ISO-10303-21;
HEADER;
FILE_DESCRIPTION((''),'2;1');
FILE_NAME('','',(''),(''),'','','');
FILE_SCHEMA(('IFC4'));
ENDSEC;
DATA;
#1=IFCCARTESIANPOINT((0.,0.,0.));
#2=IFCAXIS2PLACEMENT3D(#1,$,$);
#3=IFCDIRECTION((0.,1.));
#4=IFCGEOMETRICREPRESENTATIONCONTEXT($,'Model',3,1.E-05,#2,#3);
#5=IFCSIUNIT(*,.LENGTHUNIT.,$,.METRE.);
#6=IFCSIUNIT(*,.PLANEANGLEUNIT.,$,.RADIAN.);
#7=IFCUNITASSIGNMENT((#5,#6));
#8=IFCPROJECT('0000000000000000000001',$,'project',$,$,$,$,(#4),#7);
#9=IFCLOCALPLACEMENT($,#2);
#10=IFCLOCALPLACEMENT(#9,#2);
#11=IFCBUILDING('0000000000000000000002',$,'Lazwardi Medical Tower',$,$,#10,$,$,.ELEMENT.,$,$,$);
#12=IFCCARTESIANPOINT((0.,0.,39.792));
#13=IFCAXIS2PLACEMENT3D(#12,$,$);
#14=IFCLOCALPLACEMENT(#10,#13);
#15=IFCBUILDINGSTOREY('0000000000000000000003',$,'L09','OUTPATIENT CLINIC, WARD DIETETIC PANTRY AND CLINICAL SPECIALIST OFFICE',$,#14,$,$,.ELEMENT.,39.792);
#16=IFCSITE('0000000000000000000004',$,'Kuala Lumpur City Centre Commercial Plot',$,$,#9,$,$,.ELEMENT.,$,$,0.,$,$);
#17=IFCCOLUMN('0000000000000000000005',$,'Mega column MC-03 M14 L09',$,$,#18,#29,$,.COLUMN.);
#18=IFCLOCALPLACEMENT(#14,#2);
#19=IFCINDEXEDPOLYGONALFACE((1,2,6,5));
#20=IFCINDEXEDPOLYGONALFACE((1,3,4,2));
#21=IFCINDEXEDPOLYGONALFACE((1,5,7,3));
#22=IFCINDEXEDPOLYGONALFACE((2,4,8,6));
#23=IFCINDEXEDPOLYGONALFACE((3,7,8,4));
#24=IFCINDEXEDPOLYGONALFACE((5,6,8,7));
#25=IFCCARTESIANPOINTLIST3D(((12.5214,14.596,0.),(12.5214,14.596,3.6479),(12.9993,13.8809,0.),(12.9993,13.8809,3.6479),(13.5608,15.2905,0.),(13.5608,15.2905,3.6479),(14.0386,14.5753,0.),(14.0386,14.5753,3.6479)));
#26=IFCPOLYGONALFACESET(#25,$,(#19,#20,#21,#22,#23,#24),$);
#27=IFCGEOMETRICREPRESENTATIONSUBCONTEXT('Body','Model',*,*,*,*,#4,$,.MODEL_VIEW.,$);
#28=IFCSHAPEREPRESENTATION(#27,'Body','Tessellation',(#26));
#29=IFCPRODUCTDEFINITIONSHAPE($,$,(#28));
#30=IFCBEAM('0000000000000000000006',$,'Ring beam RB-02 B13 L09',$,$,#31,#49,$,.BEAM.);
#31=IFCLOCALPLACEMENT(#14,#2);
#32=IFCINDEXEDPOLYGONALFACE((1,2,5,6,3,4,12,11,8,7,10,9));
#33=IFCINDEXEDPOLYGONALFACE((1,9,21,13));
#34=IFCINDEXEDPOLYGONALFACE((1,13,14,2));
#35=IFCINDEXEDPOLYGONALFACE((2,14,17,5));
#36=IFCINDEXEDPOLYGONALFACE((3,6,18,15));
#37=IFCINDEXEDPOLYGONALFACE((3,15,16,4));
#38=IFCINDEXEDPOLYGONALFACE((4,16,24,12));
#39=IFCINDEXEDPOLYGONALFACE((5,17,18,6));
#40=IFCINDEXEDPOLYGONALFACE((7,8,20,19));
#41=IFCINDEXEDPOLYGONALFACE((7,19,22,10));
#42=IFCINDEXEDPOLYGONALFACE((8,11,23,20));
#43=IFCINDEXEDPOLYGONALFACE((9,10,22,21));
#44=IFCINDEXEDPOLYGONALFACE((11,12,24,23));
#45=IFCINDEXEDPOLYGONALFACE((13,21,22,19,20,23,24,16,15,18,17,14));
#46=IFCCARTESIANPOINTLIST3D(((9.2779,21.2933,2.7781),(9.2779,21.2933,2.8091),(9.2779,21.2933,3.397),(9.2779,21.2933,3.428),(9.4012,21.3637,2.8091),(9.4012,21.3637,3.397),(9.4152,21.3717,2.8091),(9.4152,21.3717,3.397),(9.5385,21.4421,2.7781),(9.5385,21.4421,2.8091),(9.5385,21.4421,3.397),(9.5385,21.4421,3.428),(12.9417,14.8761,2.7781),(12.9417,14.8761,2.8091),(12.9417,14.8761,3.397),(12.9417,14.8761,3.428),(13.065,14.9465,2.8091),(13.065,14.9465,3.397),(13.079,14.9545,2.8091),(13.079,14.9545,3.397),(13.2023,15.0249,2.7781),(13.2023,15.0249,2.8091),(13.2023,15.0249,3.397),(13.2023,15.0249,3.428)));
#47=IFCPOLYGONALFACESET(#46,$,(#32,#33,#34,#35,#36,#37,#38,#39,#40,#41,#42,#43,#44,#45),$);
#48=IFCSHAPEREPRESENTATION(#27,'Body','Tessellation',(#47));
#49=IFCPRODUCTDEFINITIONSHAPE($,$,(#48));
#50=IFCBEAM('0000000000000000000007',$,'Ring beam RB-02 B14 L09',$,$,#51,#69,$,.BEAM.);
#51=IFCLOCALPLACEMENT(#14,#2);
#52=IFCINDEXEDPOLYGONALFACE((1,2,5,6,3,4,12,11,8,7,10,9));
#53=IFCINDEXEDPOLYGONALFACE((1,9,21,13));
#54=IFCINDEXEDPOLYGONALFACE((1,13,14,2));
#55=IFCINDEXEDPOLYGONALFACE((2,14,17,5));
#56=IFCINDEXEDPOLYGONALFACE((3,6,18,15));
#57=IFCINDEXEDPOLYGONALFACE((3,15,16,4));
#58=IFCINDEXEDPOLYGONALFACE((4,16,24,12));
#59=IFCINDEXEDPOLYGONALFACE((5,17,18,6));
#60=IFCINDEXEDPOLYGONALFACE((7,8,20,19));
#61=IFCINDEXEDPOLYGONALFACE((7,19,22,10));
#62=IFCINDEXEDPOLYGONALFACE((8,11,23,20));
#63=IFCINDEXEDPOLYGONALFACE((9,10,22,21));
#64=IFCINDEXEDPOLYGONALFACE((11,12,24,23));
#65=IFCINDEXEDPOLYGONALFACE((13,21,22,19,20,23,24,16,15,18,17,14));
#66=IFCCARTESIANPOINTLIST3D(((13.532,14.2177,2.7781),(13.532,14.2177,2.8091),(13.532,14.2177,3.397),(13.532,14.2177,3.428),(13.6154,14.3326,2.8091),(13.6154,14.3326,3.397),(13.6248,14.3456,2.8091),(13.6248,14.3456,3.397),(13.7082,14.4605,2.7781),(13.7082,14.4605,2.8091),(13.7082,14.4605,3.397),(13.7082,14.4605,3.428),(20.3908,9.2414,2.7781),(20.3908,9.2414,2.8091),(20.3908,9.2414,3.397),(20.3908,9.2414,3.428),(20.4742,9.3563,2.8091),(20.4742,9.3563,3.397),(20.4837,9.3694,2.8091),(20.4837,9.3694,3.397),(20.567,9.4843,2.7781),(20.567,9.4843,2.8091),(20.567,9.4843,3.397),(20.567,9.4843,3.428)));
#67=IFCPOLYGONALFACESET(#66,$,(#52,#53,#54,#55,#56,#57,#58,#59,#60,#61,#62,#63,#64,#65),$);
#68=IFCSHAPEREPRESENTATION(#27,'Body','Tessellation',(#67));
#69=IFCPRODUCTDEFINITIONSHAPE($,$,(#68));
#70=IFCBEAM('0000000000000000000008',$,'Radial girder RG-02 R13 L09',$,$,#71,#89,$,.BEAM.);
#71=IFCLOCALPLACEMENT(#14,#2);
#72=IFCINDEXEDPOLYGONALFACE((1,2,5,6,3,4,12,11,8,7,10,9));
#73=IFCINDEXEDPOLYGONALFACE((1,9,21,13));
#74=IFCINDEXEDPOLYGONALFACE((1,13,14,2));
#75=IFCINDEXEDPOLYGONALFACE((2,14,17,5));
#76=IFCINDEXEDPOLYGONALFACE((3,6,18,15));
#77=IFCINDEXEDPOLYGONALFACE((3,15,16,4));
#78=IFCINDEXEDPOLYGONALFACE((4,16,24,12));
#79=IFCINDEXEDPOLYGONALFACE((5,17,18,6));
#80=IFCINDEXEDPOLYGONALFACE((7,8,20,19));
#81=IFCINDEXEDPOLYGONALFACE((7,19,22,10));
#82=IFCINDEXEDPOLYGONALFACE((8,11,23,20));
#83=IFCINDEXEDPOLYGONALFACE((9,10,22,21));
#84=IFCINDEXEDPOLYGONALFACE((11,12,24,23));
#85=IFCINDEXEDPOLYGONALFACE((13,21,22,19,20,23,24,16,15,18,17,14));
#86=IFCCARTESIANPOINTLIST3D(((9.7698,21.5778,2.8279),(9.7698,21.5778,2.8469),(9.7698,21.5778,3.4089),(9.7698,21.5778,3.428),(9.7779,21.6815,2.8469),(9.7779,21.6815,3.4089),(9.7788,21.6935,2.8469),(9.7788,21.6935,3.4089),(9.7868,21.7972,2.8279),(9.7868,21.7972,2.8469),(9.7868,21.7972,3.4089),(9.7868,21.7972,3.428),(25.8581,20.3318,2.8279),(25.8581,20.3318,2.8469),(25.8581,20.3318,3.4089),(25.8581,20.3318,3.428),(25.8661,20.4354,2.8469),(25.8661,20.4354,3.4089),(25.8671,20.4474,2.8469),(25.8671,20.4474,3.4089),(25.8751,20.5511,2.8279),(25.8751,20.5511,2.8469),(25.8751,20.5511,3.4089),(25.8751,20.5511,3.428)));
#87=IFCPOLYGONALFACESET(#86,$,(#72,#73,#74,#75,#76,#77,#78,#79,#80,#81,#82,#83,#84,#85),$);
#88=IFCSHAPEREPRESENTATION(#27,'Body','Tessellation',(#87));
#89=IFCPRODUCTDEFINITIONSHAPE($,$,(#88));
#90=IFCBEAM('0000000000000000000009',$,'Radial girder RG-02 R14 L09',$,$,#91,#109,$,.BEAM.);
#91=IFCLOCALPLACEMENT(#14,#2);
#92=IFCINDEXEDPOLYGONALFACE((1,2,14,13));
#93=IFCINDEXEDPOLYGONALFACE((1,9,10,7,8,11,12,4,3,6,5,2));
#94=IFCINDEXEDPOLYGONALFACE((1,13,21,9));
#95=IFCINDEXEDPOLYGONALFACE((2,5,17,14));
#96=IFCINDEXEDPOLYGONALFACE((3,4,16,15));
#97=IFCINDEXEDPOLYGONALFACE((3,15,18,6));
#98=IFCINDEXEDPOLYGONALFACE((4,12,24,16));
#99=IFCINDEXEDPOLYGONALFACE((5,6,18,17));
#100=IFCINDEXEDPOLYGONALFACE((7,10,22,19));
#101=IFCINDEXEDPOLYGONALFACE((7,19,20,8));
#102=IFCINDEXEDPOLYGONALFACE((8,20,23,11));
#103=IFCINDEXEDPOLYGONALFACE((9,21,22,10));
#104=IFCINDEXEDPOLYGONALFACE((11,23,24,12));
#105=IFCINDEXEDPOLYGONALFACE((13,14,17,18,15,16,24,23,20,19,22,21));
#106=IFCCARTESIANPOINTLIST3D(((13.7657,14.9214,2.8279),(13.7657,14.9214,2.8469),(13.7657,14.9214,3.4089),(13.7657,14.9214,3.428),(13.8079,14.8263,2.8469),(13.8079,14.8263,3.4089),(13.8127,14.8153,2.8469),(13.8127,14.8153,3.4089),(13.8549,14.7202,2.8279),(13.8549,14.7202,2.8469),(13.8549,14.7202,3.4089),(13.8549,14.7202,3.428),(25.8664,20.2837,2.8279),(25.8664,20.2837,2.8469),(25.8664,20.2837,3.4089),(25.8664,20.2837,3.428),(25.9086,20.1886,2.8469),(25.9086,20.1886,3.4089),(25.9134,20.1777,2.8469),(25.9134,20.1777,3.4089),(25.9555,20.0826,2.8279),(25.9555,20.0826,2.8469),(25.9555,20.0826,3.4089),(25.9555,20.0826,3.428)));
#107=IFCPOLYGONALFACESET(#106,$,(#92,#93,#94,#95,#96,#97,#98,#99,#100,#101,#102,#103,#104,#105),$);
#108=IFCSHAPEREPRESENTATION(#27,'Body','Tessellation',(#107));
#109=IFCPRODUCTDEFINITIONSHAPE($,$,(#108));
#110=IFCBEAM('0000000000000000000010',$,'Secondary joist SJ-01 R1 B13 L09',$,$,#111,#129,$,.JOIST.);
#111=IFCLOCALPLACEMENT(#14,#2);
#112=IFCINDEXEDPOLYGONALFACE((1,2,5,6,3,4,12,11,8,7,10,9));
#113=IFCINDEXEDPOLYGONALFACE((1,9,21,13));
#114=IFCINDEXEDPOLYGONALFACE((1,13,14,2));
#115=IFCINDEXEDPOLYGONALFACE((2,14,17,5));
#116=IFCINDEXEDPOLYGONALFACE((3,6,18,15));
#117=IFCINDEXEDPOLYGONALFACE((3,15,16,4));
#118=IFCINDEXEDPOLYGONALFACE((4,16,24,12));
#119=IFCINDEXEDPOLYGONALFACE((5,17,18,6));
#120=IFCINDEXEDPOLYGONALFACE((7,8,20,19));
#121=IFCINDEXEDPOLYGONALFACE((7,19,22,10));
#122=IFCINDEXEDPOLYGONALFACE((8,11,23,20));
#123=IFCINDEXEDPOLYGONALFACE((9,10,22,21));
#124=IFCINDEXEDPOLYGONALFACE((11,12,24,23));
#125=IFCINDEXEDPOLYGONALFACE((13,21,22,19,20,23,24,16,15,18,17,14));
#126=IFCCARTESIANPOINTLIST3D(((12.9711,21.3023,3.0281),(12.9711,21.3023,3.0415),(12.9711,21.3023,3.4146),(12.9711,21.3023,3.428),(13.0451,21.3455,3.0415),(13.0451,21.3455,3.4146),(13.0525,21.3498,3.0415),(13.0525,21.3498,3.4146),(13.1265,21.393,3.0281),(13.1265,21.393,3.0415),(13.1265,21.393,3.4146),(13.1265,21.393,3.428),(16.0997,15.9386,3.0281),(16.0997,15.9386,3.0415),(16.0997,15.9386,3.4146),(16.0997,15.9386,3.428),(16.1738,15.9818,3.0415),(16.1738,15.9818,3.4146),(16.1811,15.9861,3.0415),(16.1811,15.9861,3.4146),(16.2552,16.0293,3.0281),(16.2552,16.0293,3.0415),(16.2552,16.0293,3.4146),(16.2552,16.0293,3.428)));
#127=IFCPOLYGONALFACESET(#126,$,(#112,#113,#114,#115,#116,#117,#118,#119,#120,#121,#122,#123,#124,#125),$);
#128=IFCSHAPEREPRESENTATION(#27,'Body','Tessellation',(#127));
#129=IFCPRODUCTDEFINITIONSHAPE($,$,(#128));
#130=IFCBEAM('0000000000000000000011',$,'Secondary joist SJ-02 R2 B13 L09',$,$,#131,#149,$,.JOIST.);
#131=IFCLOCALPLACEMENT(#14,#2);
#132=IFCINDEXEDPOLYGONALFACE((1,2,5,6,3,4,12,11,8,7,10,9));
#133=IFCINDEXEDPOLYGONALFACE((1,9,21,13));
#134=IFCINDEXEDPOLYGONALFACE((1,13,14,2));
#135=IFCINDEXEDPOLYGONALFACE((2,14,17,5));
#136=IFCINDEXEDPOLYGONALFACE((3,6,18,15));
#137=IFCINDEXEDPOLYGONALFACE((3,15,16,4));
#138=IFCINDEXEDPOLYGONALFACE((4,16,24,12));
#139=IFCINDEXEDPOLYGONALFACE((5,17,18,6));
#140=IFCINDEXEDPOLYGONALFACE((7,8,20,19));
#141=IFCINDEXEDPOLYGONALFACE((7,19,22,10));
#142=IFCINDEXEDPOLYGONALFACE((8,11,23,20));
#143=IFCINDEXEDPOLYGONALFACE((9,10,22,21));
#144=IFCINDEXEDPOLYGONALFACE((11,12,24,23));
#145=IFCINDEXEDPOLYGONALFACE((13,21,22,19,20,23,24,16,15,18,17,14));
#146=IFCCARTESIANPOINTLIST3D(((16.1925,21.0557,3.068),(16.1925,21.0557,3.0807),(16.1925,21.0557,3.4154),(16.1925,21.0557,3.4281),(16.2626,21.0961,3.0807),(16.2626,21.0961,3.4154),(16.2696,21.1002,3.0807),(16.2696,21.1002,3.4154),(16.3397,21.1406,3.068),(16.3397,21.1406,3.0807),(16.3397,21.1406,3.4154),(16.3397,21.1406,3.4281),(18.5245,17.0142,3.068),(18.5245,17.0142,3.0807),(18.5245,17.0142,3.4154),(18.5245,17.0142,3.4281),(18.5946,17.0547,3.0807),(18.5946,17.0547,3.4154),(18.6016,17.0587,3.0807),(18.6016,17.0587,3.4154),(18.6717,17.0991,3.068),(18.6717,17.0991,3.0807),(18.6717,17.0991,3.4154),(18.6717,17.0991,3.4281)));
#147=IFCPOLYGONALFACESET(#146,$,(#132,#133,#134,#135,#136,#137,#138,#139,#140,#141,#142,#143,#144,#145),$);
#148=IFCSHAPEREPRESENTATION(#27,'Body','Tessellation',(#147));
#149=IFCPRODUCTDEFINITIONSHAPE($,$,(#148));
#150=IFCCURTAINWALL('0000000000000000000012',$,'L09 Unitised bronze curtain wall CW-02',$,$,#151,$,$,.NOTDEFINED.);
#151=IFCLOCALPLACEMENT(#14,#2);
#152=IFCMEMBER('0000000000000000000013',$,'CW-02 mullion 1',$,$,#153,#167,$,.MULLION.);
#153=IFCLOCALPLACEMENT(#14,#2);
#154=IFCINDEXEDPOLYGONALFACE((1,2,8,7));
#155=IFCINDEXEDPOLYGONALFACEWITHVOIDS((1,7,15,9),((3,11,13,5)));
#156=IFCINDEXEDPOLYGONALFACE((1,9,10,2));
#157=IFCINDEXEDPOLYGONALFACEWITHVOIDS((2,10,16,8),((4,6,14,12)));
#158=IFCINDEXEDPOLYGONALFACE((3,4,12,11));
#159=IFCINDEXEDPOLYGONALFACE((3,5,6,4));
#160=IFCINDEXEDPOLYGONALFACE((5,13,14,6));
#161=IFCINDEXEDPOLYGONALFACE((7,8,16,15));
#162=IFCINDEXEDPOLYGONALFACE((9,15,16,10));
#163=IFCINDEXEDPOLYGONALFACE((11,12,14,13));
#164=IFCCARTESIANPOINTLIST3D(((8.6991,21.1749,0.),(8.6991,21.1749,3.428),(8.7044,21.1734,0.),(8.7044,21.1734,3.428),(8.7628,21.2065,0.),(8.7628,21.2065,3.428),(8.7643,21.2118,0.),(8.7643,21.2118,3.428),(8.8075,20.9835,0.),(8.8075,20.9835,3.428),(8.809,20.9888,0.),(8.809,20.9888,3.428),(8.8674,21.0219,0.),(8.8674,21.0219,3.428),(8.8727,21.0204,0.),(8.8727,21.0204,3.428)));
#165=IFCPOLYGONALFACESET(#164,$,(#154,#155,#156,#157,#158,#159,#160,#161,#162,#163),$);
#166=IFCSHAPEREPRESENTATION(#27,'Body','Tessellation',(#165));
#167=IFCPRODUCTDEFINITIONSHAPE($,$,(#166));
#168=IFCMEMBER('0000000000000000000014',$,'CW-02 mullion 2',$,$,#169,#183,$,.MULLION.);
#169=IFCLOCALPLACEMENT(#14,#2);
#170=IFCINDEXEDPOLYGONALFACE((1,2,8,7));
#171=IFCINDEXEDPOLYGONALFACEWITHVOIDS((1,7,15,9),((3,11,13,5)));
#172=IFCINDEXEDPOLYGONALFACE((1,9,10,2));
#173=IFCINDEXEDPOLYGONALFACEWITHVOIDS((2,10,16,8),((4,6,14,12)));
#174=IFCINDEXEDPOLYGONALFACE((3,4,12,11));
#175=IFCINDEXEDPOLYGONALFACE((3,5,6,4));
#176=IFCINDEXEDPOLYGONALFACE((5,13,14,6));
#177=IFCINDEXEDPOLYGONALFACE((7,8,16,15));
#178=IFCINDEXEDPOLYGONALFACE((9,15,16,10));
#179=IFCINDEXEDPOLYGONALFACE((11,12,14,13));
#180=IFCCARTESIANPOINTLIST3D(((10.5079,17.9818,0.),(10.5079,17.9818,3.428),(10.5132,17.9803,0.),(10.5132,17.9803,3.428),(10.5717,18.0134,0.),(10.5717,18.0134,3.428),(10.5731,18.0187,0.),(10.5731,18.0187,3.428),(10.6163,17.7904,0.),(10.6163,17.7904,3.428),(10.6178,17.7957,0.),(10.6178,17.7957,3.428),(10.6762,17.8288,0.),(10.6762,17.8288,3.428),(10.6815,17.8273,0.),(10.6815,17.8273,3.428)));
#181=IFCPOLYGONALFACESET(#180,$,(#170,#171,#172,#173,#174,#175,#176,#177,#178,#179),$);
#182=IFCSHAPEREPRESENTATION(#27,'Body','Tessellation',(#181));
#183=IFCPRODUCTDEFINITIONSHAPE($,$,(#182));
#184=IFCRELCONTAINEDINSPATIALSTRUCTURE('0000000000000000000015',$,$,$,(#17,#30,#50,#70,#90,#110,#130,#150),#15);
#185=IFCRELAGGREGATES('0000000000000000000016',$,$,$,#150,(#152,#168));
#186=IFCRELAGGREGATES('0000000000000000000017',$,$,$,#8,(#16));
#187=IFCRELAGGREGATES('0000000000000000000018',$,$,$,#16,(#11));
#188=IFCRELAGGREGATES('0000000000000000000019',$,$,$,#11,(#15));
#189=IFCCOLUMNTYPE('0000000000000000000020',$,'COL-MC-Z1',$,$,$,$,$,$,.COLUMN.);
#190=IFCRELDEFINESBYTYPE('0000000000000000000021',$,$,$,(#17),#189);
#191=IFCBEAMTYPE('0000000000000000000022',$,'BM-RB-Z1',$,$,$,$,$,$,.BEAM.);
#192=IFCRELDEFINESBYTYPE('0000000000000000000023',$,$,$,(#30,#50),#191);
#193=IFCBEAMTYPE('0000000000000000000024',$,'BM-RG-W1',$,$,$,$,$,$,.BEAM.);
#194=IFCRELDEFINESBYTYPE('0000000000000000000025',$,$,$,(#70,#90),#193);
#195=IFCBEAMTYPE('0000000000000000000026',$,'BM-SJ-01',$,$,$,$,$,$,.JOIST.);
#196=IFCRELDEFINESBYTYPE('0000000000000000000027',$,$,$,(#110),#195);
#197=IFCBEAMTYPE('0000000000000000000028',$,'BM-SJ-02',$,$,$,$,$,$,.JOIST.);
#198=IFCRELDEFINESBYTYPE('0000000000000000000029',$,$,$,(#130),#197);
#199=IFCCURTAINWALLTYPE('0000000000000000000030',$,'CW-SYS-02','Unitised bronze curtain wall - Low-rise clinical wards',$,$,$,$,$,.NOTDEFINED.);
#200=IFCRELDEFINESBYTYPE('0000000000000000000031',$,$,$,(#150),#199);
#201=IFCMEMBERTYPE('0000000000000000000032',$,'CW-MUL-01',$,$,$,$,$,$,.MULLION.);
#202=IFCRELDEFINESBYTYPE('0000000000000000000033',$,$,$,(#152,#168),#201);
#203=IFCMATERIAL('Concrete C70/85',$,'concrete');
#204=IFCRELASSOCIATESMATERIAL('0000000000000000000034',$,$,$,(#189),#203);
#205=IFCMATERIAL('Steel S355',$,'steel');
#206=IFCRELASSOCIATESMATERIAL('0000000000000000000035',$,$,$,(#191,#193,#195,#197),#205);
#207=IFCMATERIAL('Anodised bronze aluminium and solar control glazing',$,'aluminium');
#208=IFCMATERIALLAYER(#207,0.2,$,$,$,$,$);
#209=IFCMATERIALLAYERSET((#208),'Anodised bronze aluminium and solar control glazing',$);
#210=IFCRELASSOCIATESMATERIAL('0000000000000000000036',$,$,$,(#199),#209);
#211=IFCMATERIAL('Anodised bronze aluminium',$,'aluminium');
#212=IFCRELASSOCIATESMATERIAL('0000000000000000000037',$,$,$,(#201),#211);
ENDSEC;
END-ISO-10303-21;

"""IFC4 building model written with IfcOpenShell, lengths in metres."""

from ifc_helpers import new_model, si_unit, direction, frame, origin, origin_2d, place, context, subcontext, project, spatial, rectangle, hollow_rectangle, i_section, extrude, material, layer, layer_set, material_profile, profile_set, type_object, element, aggregate, save


model = new_model("IFC4")

# Units and contexts
model_context = context("Model", 3, precision=1e-05, world=origin(), true_north=direction((0.0, 1.0)))
body_context = subcontext(model_context, "Body", "Model", "MODEL_VIEW")
ifc_project = project(units=[si_unit("LENGTHUNIT", "METRE"), si_unit("PLANEANGLEUNIT", "RADIAN")], contexts=[model_context])

# Site, building, storey
site_placement = place(None, origin())
site = spatial("IfcSite", under=ifc_project, at=site_placement, Name="Kuala Lumpur City Centre Commercial Plot", CompositionType="ELEMENT", RefElevation=0.0)
building_placement = place(site_placement, origin())
building = spatial("IfcBuilding", under=site, at=building_placement, Name="Lazwardi Medical Tower", CompositionType="ELEMENT")
storey_placement = place(building_placement, frame((0.0, 0.0, 39.792)))
storey = spatial("IfcBuildingStorey", under=building, at=storey_placement, Name="L09", Description="OUTPATIENT CLINIC, WARD DIETETIC PANTRY AND CLINICAL SPECIALIST OFFICE", CompositionType="ELEMENT", Elevation=39.792)

# Column
ifc_material_1 = material(Name="Concrete C70/85", Category="concrete")
ifc_material_profile_1 = material_profile(ifc_material_1, rectangle(XDim=1.25, YDim=0.8601, at=origin_2d()), Name="CFT-RECT 1250x860")
ifc_profile_set_1 = profile_set([ifc_material_profile_1], Name="Concrete C70/85")
column_type = type_object("IfcColumnType", Name="COL-MC-Z1", PredefinedType="COLUMN", material=ifc_profile_set_1)
column_placement = place(storey_placement, frame((13.28, 14.5857, 0.0), z_axis=(0.0, 0.0, 1.0), x_axis=(-0.83147, -0.55557, 0.0)))
element("IfcColumn", 1, at=column_placement, inside=storey, type_object=column_type, Name="Mega column MC-03 M14 L09", PredefinedType="COLUMN", context=body_context, shape_type="SweptSolid", body=[
    extrude(rectangle(XDim=1.25, YDim=0.8601, at=origin_2d()), origin(), (0.0, 0.0, 1.0), 3.6479),
])

# Beams
ifc_material_2 = material(Name="Steel S355", Category="steel")
ifc_material_profile_2 = material_profile(ifc_material_2, i_section(OverallWidth=0.3, OverallDepth=0.6499, WebThickness=0.0161, FlangeThickness=0.031, at=origin_2d()), Name="HEB 650")
ifc_profile_set_2 = profile_set([ifc_material_profile_2], Name="Steel S355")
beam_type_1 = type_object("IfcBeamType", Name="BM-RB-Z1", PredefinedType="BEAM", material=ifc_profile_set_2)
beam_1_placement = place(storey_placement, frame((9.4082, 21.3677, 3.103), z_axis=(0.495815, -0.868428, 0.0), x_axis=(0.868428, 0.495815, 0.0)))
element("IfcBeam", 2, at=beam_1_placement, inside=storey, type_object=beam_type_1, Name="Ring beam RB-02 B13 L09", PredefinedType="BEAM", context=body_context, shape_type="SweptSolid", body=[
    extrude(i_section(OverallWidth=0.3, OverallDepth=0.6499, WebThickness=0.0161, FlangeThickness=0.031, at=origin_2d()), origin(), (0.0, 0.0, 1.0), 7.3894),
])
beam_2_placement = place(storey_placement, frame((13.6201, 14.3391, 3.103), z_axis=(0.809407, -0.587248, 0.0), x_axis=(0.587248, 0.809407, 0.0)))
element("IfcBeam", 3, at=beam_2_placement, inside=storey, type_object=beam_type_1, Name="Ring beam RB-02 B14 L09", PredefinedType="BEAM", context=body_context, shape_type="SweptSolid", body=[
    extrude(i_section(OverallWidth=0.3, OverallDepth=0.6499, WebThickness=0.0161, FlangeThickness=0.031, at=origin_2d()), origin(), (0.0, 0.0, 1.0), 8.4739),
])
ifc_material_profile_3 = material_profile(ifc_material_2, i_section(OverallWidth=0.22, OverallDepth=0.6001, WebThickness=0.012, FlangeThickness=0.019, at=origin_2d()), Name="IPE 600")
ifc_profile_set_3 = profile_set([ifc_material_profile_3], Name="Steel S355")
beam_type_2 = type_object("IfcBeamType", Name="BM-RG-W1", PredefinedType="BEAM", material=ifc_profile_set_3)
beam_3_placement = place(storey_placement, frame((9.7783, 21.6875, 3.1279), z_axis=(0.997014, -0.077222, 0.0), x_axis=(0.077222, 0.997014, 0.0)))
element("IfcBeam", 4, at=beam_3_placement, inside=storey, type_object=beam_type_2, Name="Radial girder RG-02 R13 L09", PredefinedType="BEAM", context=body_context, shape_type="SweptSolid", body=[
    extrude(i_section(OverallWidth=0.22, OverallDepth=0.6001, WebThickness=0.012, FlangeThickness=0.019, at=origin_2d()), origin(), (0.0, 0.0, 1.0), 16.1365),
])
beam_4_placement = place(storey_placement, frame((13.8103, 14.8208, 3.1279), z_axis=(0.914252, 0.405146, 0.0), x_axis=(-0.405146, 0.914252, 0.0)))
element("IfcBeam", 5, at=beam_4_placement, inside=storey, type_object=beam_type_2, Name="Radial girder RG-02 R14 L09", PredefinedType="BEAM", context=body_context, shape_type="SweptSolid", body=[
    extrude(i_section(OverallWidth=0.22, OverallDepth=0.6001, WebThickness=0.012, FlangeThickness=0.019, at=origin_2d()), origin(), (0.0, 0.0, 1.0), 13.2356),
])
ifc_material_profile_4 = material_profile(ifc_material_2, i_section(OverallWidth=0.1799, OverallDepth=0.3999, WebThickness=0.0085, FlangeThickness=0.0134, at=origin_2d()), Name="IPE 400")
ifc_profile_set_4 = profile_set([ifc_material_profile_4], Name="Steel S355")
beam_type_3 = type_object("IfcBeamType", Name="BM-SJ-01", PredefinedType="JOIST", material=ifc_profile_set_4)
beam_5_placement = place(storey_placement, frame((13.0488, 21.3477, 3.228), z_axis=(0.503847, -0.863793, 0.0), x_axis=(0.863793, 0.503847, 0.0)))
element("IfcBeam", 6, at=beam_5_placement, inside=storey, type_object=beam_type_3, Name="Secondary joist SJ-01 R1 B13 L09", PredefinedType="JOIST", context=body_context, shape_type="SweptSolid", body=[
    extrude(i_section(OverallWidth=0.1799, OverallDepth=0.3999, WebThickness=0.0085, FlangeThickness=0.0134, at=origin_2d()), origin(), (0.0, 0.0, 1.0), 6.2095),
])
ifc_material_profile_5 = material_profile(ifc_material_2, i_section(OverallWidth=0.1699, OverallDepth=0.3601, WebThickness=0.0081, FlangeThickness=0.0127, at=origin_2d()), Name="IPE 360")
ifc_profile_set_5 = profile_set([ifc_material_profile_5], Name="Steel S355")
beam_type_4 = type_object("IfcBeamType", Name="BM-SJ-02", PredefinedType="JOIST", material=ifc_profile_set_5)
beam_6_placement = place(storey_placement, frame((16.2661, 21.0981, 3.248), z_axis=(0.499786, -0.866149, 0.0), x_axis=(0.866149, 0.499786, 0.0)))
element("IfcBeam", 7, at=beam_6_placement, inside=storey, type_object=beam_type_4, Name="Secondary joist SJ-02 R2 B13 L09", PredefinedType="JOIST", context=body_context, shape_type="SweptSolid", body=[
    extrude(i_section(OverallWidth=0.1699, OverallDepth=0.3601, WebThickness=0.0081, FlangeThickness=0.0127, at=origin_2d()), origin(), (0.0, 0.0, 1.0), 4.666),
])

# Curtain wall, members
ifc_material_3 = material(Name="Anodised bronze aluminium and solar control glazing", Category="aluminium")
ifc_layer_1 = layer(ifc_material_3, 0.2)
ifc_layer_set_1 = layer_set([ifc_layer_1], Name="Anodised bronze aluminium and solar control glazing")
curtain_wall_type = type_object("IfcCurtainWallType", Name="CW-SYS-02", Description="Unitised bronze curtain wall - Low-rise clinical wards", PredefinedType="NOTDEFINED", material=ifc_layer_set_1)
curtain_wall_1_placement = place(storey_placement, origin())
curtain_wall_1 = element("IfcCurtainWall", 8, at=curtain_wall_1_placement, inside=storey, type_object=curtain_wall_type, Name="L09 Unitised bronze curtain wall CW-02", PredefinedType="NOTDEFINED")
ifc_material_4 = material(Name="Anodised bronze aluminium", Category="aluminium")
ifc_material_profile_6 = material_profile(ifc_material_4, hollow_rectangle(XDim=0.075, YDim=0.22, WallThickness=0.0039, at=origin_2d()), Name="ALU-MULLION 220x75x4")
ifc_profile_set_6 = profile_set([ifc_material_profile_6], Name="Anodised bronze aluminium")
member_type_1 = type_object("IfcMemberType", Name="CW-MUL-01", PredefinedType="MULLION", material=ifc_profile_set_6)
member_1_placement = place(storey_placement, frame((8.7859, 21.0977, 0.0), z_axis=(0.0, 0.0, 1.0), x_axis=(0.870112, 0.492854, 0.0)))
member_1 = element("IfcMember", 9, at=member_1_placement, type_object=member_type_1, Name="CW-02 mullion 1", PredefinedType="MULLION", context=body_context, shape_type="SweptSolid", body=[
    extrude(hollow_rectangle(XDim=0.075, YDim=0.22, WallThickness=0.0039, at=origin_2d()), origin(), (0.0, 0.0, 1.0), 3.428),
])
member_2_placement = place(storey_placement, frame((10.5947, 17.9045, 0.0), z_axis=(0.0, 0.0, 1.0), x_axis=(0.870112, 0.492854, 0.0)))
member_2 = element("IfcMember", 10, at=member_2_placement, type_object=member_type_1, Name="CW-02 mullion 2", PredefinedType="MULLION", context=body_context, shape_type="SweptSolid", body=[
    extrude(hollow_rectangle(XDim=0.075, YDim=0.22, WallThickness=0.0039, at=origin_2d()), origin(), (0.0, 0.0, 1.0), 3.428),
])

aggregate(curtain_wall_1, [member_1, member_2])

save(model, "model.ifc")
